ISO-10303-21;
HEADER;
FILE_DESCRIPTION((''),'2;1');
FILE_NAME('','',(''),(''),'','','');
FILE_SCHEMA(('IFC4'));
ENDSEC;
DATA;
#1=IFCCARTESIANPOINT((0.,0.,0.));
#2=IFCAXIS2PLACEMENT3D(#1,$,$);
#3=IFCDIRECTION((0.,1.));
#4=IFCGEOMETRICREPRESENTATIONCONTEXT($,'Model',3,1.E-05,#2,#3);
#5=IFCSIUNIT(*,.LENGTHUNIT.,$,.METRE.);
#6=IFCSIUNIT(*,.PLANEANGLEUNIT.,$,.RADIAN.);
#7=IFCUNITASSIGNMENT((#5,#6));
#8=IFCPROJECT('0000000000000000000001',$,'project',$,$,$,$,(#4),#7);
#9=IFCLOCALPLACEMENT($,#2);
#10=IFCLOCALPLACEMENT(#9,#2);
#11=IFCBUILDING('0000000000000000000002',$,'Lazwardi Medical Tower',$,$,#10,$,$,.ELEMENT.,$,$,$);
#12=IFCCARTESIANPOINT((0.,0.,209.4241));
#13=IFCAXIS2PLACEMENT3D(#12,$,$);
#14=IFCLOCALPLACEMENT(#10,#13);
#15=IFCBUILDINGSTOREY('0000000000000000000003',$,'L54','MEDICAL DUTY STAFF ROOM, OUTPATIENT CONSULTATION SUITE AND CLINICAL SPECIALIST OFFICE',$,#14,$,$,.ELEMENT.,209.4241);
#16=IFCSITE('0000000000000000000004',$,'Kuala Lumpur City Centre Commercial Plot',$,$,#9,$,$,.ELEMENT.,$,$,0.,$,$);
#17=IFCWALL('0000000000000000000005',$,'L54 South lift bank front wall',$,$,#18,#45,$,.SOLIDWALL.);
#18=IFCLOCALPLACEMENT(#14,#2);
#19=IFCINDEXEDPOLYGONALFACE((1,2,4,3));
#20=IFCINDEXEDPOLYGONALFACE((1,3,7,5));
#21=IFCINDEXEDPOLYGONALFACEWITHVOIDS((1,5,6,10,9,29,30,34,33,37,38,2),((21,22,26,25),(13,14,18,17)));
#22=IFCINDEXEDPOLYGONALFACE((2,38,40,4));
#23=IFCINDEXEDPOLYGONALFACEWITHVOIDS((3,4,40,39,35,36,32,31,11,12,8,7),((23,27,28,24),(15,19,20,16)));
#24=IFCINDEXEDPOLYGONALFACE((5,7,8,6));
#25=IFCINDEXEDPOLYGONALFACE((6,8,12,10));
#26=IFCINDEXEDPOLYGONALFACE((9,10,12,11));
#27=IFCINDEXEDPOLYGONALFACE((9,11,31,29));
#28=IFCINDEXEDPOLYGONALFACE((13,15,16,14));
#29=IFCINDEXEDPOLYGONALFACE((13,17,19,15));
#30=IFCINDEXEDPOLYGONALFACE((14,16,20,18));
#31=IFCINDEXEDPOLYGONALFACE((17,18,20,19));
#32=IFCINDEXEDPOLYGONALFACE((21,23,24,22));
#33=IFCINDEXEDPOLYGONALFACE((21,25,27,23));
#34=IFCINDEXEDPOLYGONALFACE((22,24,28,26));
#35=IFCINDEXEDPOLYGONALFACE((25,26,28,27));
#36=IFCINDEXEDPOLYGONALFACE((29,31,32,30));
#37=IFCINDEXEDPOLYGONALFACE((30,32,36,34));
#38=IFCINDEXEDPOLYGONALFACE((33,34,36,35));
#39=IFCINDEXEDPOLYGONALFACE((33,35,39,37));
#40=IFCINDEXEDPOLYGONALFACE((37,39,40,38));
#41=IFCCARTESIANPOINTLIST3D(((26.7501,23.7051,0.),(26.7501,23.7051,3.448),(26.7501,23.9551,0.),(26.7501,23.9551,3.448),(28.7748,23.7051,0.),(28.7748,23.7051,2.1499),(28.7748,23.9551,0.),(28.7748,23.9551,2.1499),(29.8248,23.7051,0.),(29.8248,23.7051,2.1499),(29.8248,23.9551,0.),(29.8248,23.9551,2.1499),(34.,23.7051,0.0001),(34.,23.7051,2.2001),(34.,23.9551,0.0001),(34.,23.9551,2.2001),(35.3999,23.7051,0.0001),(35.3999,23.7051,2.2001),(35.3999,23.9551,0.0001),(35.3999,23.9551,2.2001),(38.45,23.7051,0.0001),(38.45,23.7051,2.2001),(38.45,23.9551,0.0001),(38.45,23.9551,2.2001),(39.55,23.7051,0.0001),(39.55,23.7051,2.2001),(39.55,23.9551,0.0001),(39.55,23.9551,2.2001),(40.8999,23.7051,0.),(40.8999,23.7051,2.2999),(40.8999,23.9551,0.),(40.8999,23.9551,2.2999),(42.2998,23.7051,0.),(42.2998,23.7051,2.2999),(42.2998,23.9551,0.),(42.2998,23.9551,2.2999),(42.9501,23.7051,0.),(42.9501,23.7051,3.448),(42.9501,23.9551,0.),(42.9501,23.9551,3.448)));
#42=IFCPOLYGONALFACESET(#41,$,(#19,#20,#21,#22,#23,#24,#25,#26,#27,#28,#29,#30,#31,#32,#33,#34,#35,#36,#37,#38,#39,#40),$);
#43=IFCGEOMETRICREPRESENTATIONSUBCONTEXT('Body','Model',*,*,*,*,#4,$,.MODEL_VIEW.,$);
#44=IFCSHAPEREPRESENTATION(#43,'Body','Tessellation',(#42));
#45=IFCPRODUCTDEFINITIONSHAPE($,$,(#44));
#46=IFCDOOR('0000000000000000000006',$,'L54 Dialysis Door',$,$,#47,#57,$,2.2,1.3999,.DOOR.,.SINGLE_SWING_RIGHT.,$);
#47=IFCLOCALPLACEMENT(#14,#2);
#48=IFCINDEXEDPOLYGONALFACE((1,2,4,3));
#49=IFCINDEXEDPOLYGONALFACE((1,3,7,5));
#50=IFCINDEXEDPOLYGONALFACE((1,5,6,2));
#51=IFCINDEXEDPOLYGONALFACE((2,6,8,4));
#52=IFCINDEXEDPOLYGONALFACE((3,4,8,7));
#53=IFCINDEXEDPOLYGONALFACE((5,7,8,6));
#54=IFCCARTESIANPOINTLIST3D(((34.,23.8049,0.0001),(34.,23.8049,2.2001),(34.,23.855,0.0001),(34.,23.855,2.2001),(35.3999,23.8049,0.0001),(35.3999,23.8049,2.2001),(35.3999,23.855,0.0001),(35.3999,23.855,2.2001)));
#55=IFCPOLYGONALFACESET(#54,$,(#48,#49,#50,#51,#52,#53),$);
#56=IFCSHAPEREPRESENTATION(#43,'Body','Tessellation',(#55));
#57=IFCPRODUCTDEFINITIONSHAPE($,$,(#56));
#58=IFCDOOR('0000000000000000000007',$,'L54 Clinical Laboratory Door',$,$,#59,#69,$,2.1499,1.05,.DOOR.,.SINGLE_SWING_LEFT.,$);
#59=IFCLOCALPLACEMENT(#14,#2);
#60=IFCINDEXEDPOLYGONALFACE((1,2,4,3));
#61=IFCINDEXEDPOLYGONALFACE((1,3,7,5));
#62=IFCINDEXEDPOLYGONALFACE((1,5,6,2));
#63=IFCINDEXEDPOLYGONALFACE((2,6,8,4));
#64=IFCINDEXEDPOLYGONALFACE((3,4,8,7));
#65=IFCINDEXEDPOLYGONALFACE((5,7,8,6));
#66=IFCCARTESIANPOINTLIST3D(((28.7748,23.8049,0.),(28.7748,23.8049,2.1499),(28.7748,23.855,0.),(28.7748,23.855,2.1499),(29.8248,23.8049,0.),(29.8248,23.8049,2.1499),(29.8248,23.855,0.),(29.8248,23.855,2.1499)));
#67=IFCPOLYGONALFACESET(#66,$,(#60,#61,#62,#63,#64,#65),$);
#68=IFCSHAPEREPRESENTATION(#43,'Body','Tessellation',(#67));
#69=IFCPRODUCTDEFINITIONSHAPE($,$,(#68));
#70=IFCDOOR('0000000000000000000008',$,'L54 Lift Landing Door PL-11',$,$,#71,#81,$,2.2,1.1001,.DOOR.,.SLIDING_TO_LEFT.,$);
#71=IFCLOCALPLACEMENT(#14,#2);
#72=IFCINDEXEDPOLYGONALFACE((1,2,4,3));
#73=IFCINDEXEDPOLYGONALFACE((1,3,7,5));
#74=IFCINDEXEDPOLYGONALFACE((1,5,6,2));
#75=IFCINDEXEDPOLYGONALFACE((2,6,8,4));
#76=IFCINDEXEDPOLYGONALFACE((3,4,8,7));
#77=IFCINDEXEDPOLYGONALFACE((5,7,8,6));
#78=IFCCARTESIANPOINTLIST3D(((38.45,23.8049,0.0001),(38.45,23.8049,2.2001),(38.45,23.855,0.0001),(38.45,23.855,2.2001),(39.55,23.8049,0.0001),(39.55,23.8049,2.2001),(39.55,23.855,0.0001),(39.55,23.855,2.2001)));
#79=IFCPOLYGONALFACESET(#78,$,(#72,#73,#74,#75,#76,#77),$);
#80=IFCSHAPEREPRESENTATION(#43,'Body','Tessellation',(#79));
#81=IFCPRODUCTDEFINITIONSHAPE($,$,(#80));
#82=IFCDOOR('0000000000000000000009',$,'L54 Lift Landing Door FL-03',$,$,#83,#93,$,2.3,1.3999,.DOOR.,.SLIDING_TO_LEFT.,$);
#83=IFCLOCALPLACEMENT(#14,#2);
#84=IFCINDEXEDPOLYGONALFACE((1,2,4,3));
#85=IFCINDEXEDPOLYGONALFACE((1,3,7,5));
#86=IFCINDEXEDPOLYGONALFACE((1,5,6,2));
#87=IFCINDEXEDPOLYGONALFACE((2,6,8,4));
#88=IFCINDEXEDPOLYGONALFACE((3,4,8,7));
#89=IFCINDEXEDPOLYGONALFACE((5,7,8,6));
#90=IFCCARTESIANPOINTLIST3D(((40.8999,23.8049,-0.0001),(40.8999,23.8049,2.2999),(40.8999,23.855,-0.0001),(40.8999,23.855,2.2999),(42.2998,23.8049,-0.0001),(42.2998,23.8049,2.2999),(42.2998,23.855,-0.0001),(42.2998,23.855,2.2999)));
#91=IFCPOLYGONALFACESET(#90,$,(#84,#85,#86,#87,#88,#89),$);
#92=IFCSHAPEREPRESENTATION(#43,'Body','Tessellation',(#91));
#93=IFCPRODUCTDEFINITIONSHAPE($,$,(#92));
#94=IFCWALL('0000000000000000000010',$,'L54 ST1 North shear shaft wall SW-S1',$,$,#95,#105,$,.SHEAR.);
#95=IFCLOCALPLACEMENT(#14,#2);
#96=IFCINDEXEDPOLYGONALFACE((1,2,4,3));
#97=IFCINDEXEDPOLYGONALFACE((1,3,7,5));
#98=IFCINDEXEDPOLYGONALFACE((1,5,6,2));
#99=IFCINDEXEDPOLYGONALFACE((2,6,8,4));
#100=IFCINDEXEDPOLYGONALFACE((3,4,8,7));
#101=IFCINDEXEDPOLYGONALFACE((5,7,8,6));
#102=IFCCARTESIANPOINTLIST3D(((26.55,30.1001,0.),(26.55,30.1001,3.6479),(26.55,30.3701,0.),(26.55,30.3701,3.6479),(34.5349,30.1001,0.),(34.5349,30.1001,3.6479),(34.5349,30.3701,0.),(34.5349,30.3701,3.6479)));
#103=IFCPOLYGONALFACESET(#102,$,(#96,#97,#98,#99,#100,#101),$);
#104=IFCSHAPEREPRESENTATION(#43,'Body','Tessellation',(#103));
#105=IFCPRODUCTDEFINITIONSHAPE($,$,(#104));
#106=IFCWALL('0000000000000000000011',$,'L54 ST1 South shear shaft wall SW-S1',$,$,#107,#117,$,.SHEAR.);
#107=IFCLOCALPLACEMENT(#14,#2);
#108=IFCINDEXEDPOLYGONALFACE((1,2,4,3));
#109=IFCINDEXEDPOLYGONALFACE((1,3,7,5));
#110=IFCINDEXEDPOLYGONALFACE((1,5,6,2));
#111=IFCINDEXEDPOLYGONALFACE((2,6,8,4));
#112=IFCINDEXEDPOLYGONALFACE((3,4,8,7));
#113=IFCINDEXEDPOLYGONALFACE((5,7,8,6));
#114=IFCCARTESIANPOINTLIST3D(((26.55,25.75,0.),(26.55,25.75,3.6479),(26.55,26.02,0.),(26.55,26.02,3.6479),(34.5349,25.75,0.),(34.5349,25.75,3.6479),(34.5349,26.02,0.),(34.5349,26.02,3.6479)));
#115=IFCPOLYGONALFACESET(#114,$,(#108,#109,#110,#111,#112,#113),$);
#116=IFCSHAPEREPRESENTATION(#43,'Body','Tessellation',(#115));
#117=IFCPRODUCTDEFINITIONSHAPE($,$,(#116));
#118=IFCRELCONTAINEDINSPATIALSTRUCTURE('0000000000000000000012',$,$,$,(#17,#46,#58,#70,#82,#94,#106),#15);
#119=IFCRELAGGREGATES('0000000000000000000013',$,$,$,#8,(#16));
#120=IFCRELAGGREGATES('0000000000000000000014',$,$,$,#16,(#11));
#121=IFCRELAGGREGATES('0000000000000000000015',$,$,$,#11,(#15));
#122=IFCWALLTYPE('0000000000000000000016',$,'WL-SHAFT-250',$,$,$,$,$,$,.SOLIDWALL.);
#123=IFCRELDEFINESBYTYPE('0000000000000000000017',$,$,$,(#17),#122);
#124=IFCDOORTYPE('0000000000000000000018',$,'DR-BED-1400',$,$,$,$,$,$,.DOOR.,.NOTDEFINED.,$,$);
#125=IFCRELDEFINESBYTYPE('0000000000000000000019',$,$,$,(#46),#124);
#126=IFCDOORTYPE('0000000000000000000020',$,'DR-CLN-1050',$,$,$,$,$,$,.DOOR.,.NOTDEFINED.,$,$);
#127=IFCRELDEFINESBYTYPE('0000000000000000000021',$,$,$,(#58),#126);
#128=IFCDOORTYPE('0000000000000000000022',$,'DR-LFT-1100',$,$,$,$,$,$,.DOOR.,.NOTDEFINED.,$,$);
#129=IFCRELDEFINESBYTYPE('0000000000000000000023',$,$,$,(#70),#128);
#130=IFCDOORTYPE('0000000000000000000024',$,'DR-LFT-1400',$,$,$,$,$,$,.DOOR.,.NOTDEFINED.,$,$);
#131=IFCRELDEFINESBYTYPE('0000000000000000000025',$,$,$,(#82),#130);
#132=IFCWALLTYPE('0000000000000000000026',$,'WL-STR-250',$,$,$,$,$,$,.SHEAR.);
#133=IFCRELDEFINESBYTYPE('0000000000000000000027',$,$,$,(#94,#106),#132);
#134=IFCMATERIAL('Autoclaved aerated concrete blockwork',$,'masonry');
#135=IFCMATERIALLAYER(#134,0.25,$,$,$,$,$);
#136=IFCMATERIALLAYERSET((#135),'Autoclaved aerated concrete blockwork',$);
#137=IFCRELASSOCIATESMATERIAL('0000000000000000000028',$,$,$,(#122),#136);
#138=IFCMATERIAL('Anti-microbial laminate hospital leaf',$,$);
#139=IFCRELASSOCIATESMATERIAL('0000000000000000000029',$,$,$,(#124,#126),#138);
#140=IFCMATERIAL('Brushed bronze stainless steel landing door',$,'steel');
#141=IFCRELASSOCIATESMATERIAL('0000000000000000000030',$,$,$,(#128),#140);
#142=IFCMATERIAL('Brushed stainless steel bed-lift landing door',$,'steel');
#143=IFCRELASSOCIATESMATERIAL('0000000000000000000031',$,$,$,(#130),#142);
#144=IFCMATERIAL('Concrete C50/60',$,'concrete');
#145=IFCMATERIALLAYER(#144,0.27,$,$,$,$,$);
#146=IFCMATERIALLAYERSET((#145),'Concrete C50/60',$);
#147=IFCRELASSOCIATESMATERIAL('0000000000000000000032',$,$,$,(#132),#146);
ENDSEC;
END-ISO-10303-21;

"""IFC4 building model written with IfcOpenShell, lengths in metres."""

from ifc_helpers import new_model, si_unit, direction, frame, frame_2d, origin, place, context, subcontext, project, spatial, rectangle, extrude, material, layer, layer_set, type_object, element, fill, save


model = new_model("IFC4")

# Units and contexts
model_context = context("Model", 3, precision=1e-05, world=origin(), true_north=direction((0.0, 1.0)))
body_context = subcontext(model_context, "Body", "Model", "MODEL_VIEW")
ifc_project = project(units=[si_unit("LENGTHUNIT", "METRE"), si_unit("PLANEANGLEUNIT", "RADIAN")], contexts=[model_context])

# Site, building, storey
site_placement = place(None, origin())
site = spatial("IfcSite", under=ifc_project, at=site_placement, Name="Kuala Lumpur City Centre Commercial Plot", CompositionType="ELEMENT", RefElevation=0.0)
building_placement = place(site_placement, origin())
building = spatial("IfcBuilding", under=site, at=building_placement, Name="Lazwardi Medical Tower", CompositionType="ELEMENT")
storey_placement = place(building_placement, frame((0.0, 0.0, 209.4241)))
storey = spatial("IfcBuildingStorey", under=building, at=storey_placement, Name="L54", Description="MEDICAL DUTY STAFF ROOM, OUTPATIENT CONSULTATION SUITE AND CLINICAL SPECIALIST OFFICE", CompositionType="ELEMENT", Elevation=209.4241)

# Wall, openings, doors
ifc_material_1 = material(Name="Autoclaved aerated concrete blockwork", Category="masonry")
ifc_layer_1 = layer(ifc_material_1, 0.25)
ifc_layer_set_1 = layer_set([ifc_layer_1], Name="Autoclaved aerated concrete blockwork")
wall_type_1 = type_object("IfcWallType", Name="WL-SHAFT-250", PredefinedType="SOLIDWALL", material=ifc_layer_set_1)
wall_1_placement = place(storey_placement, frame((26.75, 23.8301, 0.0), z_axis=(0.0, 0.0, 1.0), x_axis=(1.0, 0.0, 0.0)))
wall_1 = element("IfcWall", 1, at=wall_1_placement, inside=storey, type_object=wall_type_1, Name="L54 South lift bank front wall", PredefinedType="SOLIDWALL", context=body_context, shape_type="SweptSolid", body=[
    extrude(rectangle(XDim=16.2, YDim=0.25, at=frame_2d((8.1001, 0.0))), origin(), (0.0, 0.0, 1.0), 3.448),
])
opening_1_placement = place(wall_1_placement, frame((2.0249, 0.0, 0.0)))
opening_1 = element("IfcOpeningElement", 2, at=opening_1_placement, cuts=wall_1, PredefinedType="OPENING", context=body_context, shape_type="SweptSolid", body=[
    extrude(rectangle(XDim=1.05, YDim=2.1499, at=frame_2d((0.5249, 1.075))), frame((0.0, 0.135, 0.0), z_axis=(0.0, -1.0, 0.0), x_axis=(1.0, 0.0, 0.0)), (0.0, 0.0, 1.0), 0.27),
])
opening_2_placement = place(wall_1_placement, frame((7.25, 0.0, 0.0)))
opening_2 = element("IfcOpeningElement", 3, at=opening_2_placement, cuts=wall_1, PredefinedType="OPENING", context=body_context, shape_type="SweptSolid", body=[
    extrude(rectangle(XDim=1.3999, YDim=2.2, at=frame_2d((0.7, 1.1001))), frame((0.0, 0.135, 0.0), z_axis=(0.0, -1.0, 0.0), x_axis=(1.0, 0.0, 0.0)), (0.0, 0.0, 1.0), 0.27),
])
opening_3_placement = place(wall_1_placement, frame((11.7, 0.0, 0.0)))
opening_3 = element("IfcOpeningElement", 4, at=opening_3_placement, cuts=wall_1, PredefinedType="OPENING", context=body_context, shape_type="SweptSolid", body=[
    extrude(rectangle(XDim=1.1001, YDim=2.2, at=frame_2d((0.55, 1.1001))), frame((0.0, 0.135, 0.0), z_axis=(0.0, -1.0, 0.0), x_axis=(1.0, 0.0, 0.0)), (0.0, 0.0, 1.0), 0.27),
])
opening_4_placement = place(wall_1_placement, frame((14.1499, 0.0, 0.0)))
opening_4 = element("IfcOpeningElement", 5, at=opening_4_placement, cuts=wall_1, PredefinedType="OPENING", context=body_context, shape_type="SweptSolid", body=[
    extrude(rectangle(XDim=1.3999, YDim=2.3, at=frame_2d((0.7, 1.1499))), frame((0.0, 0.135, 0.0), z_axis=(0.0, -1.0, 0.0), x_axis=(1.0, 0.0, 0.0)), (0.0, 0.0, 1.0), 0.27),
])
ifc_material_2 = material(Name="Anti-microbial laminate hospital leaf")
door_type_1 = type_object("IfcDoorType", Name="DR-BED-1400", OperationType="NOTDEFINED", PredefinedType="DOOR", material=ifc_material_2)
door_1_placement = place(opening_2_placement, origin())
door_1 = element("IfcDoor", 6, at=door_1_placement, inside=storey, type_object=door_type_1, Name="L54 Dialysis Door", OperationType="SINGLE_SWING_RIGHT", OverallHeight=2.2, OverallWidth=1.3999, PredefinedType="DOOR", context=body_context, shape_type="SweptSolid", body=[
    extrude(rectangle(XDim=1.3999, YDim=2.2, at=frame_2d((0.7, 1.1001))), frame((0.0, 0.0249, 0.0), z_axis=(0.0, -1.0, 0.0), x_axis=(1.0, 0.0, 0.0)), (0.0, 0.0, 1.0), 0.05),
])
fill(opening_2, door_1)
door_type_2 = type_object("IfcDoorType", Name="DR-CLN-1050", OperationType="NOTDEFINED", PredefinedType="DOOR", material=ifc_material_2)
door_2_placement = place(opening_1_placement, origin())
door_2 = element("IfcDoor", 7, at=door_2_placement, inside=storey, type_object=door_type_2, Name="L54 Clinical Laboratory Door", OperationType="SINGLE_SWING_LEFT", OverallHeight=2.1499, OverallWidth=1.05, PredefinedType="DOOR", context=body_context, shape_type="SweptSolid", body=[
    extrude(rectangle(XDim=1.05, YDim=2.1499, at=frame_2d((0.5249, 1.075))), frame((0.0, 0.0249, 0.0), z_axis=(0.0, -1.0, 0.0), x_axis=(1.0, 0.0, 0.0)), (0.0, 0.0, 1.0), 0.05),
])
fill(opening_1, door_2)
ifc_material_3 = material(Name="Brushed bronze stainless steel landing door", Category="steel")
door_type_3 = type_object("IfcDoorType", Name="DR-LFT-1100", OperationType="NOTDEFINED", PredefinedType="DOOR", material=ifc_material_3)
door_3_placement = place(opening_3_placement, origin())
door_3 = element("IfcDoor", 8, at=door_3_placement, inside=storey, type_object=door_type_3, Name="L54 Lift Landing Door PL-11", OperationType="SLIDING_TO_LEFT", OverallHeight=2.2, OverallWidth=1.1001, PredefinedType="DOOR", context=body_context, shape_type="SweptSolid", body=[
    extrude(rectangle(XDim=1.1001, YDim=2.2, at=frame_2d((0.55, 1.1001))), frame((0.0, 0.0249, 0.0), z_axis=(0.0, -1.0, 0.0), x_axis=(1.0, 0.0, 0.0)), (0.0, 0.0, 1.0), 0.05),
])
fill(opening_3, door_3)
ifc_material_4 = material(Name="Brushed stainless steel bed-lift landing door", Category="steel")
door_type_4 = type_object("IfcDoorType", Name="DR-LFT-1400", OperationType="NOTDEFINED", PredefinedType="DOOR", material=ifc_material_4)
door_4_placement = place(opening_4_placement, origin())
door_4 = element("IfcDoor", 9, at=door_4_placement, inside=storey, type_object=door_type_4, Name="L54 Lift Landing Door FL-03", OperationType="SLIDING_TO_LEFT", OverallHeight=2.3, OverallWidth=1.3999, PredefinedType="DOOR", context=body_context, shape_type="SweptSolid", body=[
    extrude(rectangle(XDim=1.3999, YDim=2.3, at=frame_2d((0.7, 1.1499))), frame((0.0, 0.0249, 0.0), z_axis=(0.0, -1.0, 0.0), x_axis=(1.0, 0.0, 0.0)), (0.0, 0.0, 1.0), 0.05),
])
fill(opening_4, door_4)

# Walls
ifc_material_5 = material(Name="Concrete C50/60", Category="concrete")
ifc_layer_2 = layer(ifc_material_5, 0.27)
ifc_layer_set_2 = layer_set([ifc_layer_2], Name="Concrete C50/60")
wall_type_2 = type_object("IfcWallType", Name="WL-STR-250", PredefinedType="SHEAR", material=ifc_layer_set_2)
for number, where, z_axis, x_axis, name in (
    (10, (26.55, 30.2351, 0.0), (0.0, 0.0, 1.0), (1.0, 0.0, 0.0), "L54 ST1 North shear shaft wall SW-S1"),
    (11, (26.55, 25.885, 0.0), (0.0, 0.0, 1.0), (1.0, 0.0, 0.0), "L54 ST1 South shear shaft wall SW-S1"),
):
    element("IfcWall", number, at=place(storey_placement, frame(where, z_axis=z_axis, x_axis=x_axis)), inside=storey, type_object=wall_type_2, Name=name, PredefinedType="SHEAR", context=body_context, shape_type="SweptSolid", body=[
        extrude(rectangle(XDim=7.9849, YDim=0.27, at=frame_2d((3.9924, 0.0))), origin(), (0.0, 0.0, 1.0), 3.6479),
    ])

save(model, "model.ifc")
